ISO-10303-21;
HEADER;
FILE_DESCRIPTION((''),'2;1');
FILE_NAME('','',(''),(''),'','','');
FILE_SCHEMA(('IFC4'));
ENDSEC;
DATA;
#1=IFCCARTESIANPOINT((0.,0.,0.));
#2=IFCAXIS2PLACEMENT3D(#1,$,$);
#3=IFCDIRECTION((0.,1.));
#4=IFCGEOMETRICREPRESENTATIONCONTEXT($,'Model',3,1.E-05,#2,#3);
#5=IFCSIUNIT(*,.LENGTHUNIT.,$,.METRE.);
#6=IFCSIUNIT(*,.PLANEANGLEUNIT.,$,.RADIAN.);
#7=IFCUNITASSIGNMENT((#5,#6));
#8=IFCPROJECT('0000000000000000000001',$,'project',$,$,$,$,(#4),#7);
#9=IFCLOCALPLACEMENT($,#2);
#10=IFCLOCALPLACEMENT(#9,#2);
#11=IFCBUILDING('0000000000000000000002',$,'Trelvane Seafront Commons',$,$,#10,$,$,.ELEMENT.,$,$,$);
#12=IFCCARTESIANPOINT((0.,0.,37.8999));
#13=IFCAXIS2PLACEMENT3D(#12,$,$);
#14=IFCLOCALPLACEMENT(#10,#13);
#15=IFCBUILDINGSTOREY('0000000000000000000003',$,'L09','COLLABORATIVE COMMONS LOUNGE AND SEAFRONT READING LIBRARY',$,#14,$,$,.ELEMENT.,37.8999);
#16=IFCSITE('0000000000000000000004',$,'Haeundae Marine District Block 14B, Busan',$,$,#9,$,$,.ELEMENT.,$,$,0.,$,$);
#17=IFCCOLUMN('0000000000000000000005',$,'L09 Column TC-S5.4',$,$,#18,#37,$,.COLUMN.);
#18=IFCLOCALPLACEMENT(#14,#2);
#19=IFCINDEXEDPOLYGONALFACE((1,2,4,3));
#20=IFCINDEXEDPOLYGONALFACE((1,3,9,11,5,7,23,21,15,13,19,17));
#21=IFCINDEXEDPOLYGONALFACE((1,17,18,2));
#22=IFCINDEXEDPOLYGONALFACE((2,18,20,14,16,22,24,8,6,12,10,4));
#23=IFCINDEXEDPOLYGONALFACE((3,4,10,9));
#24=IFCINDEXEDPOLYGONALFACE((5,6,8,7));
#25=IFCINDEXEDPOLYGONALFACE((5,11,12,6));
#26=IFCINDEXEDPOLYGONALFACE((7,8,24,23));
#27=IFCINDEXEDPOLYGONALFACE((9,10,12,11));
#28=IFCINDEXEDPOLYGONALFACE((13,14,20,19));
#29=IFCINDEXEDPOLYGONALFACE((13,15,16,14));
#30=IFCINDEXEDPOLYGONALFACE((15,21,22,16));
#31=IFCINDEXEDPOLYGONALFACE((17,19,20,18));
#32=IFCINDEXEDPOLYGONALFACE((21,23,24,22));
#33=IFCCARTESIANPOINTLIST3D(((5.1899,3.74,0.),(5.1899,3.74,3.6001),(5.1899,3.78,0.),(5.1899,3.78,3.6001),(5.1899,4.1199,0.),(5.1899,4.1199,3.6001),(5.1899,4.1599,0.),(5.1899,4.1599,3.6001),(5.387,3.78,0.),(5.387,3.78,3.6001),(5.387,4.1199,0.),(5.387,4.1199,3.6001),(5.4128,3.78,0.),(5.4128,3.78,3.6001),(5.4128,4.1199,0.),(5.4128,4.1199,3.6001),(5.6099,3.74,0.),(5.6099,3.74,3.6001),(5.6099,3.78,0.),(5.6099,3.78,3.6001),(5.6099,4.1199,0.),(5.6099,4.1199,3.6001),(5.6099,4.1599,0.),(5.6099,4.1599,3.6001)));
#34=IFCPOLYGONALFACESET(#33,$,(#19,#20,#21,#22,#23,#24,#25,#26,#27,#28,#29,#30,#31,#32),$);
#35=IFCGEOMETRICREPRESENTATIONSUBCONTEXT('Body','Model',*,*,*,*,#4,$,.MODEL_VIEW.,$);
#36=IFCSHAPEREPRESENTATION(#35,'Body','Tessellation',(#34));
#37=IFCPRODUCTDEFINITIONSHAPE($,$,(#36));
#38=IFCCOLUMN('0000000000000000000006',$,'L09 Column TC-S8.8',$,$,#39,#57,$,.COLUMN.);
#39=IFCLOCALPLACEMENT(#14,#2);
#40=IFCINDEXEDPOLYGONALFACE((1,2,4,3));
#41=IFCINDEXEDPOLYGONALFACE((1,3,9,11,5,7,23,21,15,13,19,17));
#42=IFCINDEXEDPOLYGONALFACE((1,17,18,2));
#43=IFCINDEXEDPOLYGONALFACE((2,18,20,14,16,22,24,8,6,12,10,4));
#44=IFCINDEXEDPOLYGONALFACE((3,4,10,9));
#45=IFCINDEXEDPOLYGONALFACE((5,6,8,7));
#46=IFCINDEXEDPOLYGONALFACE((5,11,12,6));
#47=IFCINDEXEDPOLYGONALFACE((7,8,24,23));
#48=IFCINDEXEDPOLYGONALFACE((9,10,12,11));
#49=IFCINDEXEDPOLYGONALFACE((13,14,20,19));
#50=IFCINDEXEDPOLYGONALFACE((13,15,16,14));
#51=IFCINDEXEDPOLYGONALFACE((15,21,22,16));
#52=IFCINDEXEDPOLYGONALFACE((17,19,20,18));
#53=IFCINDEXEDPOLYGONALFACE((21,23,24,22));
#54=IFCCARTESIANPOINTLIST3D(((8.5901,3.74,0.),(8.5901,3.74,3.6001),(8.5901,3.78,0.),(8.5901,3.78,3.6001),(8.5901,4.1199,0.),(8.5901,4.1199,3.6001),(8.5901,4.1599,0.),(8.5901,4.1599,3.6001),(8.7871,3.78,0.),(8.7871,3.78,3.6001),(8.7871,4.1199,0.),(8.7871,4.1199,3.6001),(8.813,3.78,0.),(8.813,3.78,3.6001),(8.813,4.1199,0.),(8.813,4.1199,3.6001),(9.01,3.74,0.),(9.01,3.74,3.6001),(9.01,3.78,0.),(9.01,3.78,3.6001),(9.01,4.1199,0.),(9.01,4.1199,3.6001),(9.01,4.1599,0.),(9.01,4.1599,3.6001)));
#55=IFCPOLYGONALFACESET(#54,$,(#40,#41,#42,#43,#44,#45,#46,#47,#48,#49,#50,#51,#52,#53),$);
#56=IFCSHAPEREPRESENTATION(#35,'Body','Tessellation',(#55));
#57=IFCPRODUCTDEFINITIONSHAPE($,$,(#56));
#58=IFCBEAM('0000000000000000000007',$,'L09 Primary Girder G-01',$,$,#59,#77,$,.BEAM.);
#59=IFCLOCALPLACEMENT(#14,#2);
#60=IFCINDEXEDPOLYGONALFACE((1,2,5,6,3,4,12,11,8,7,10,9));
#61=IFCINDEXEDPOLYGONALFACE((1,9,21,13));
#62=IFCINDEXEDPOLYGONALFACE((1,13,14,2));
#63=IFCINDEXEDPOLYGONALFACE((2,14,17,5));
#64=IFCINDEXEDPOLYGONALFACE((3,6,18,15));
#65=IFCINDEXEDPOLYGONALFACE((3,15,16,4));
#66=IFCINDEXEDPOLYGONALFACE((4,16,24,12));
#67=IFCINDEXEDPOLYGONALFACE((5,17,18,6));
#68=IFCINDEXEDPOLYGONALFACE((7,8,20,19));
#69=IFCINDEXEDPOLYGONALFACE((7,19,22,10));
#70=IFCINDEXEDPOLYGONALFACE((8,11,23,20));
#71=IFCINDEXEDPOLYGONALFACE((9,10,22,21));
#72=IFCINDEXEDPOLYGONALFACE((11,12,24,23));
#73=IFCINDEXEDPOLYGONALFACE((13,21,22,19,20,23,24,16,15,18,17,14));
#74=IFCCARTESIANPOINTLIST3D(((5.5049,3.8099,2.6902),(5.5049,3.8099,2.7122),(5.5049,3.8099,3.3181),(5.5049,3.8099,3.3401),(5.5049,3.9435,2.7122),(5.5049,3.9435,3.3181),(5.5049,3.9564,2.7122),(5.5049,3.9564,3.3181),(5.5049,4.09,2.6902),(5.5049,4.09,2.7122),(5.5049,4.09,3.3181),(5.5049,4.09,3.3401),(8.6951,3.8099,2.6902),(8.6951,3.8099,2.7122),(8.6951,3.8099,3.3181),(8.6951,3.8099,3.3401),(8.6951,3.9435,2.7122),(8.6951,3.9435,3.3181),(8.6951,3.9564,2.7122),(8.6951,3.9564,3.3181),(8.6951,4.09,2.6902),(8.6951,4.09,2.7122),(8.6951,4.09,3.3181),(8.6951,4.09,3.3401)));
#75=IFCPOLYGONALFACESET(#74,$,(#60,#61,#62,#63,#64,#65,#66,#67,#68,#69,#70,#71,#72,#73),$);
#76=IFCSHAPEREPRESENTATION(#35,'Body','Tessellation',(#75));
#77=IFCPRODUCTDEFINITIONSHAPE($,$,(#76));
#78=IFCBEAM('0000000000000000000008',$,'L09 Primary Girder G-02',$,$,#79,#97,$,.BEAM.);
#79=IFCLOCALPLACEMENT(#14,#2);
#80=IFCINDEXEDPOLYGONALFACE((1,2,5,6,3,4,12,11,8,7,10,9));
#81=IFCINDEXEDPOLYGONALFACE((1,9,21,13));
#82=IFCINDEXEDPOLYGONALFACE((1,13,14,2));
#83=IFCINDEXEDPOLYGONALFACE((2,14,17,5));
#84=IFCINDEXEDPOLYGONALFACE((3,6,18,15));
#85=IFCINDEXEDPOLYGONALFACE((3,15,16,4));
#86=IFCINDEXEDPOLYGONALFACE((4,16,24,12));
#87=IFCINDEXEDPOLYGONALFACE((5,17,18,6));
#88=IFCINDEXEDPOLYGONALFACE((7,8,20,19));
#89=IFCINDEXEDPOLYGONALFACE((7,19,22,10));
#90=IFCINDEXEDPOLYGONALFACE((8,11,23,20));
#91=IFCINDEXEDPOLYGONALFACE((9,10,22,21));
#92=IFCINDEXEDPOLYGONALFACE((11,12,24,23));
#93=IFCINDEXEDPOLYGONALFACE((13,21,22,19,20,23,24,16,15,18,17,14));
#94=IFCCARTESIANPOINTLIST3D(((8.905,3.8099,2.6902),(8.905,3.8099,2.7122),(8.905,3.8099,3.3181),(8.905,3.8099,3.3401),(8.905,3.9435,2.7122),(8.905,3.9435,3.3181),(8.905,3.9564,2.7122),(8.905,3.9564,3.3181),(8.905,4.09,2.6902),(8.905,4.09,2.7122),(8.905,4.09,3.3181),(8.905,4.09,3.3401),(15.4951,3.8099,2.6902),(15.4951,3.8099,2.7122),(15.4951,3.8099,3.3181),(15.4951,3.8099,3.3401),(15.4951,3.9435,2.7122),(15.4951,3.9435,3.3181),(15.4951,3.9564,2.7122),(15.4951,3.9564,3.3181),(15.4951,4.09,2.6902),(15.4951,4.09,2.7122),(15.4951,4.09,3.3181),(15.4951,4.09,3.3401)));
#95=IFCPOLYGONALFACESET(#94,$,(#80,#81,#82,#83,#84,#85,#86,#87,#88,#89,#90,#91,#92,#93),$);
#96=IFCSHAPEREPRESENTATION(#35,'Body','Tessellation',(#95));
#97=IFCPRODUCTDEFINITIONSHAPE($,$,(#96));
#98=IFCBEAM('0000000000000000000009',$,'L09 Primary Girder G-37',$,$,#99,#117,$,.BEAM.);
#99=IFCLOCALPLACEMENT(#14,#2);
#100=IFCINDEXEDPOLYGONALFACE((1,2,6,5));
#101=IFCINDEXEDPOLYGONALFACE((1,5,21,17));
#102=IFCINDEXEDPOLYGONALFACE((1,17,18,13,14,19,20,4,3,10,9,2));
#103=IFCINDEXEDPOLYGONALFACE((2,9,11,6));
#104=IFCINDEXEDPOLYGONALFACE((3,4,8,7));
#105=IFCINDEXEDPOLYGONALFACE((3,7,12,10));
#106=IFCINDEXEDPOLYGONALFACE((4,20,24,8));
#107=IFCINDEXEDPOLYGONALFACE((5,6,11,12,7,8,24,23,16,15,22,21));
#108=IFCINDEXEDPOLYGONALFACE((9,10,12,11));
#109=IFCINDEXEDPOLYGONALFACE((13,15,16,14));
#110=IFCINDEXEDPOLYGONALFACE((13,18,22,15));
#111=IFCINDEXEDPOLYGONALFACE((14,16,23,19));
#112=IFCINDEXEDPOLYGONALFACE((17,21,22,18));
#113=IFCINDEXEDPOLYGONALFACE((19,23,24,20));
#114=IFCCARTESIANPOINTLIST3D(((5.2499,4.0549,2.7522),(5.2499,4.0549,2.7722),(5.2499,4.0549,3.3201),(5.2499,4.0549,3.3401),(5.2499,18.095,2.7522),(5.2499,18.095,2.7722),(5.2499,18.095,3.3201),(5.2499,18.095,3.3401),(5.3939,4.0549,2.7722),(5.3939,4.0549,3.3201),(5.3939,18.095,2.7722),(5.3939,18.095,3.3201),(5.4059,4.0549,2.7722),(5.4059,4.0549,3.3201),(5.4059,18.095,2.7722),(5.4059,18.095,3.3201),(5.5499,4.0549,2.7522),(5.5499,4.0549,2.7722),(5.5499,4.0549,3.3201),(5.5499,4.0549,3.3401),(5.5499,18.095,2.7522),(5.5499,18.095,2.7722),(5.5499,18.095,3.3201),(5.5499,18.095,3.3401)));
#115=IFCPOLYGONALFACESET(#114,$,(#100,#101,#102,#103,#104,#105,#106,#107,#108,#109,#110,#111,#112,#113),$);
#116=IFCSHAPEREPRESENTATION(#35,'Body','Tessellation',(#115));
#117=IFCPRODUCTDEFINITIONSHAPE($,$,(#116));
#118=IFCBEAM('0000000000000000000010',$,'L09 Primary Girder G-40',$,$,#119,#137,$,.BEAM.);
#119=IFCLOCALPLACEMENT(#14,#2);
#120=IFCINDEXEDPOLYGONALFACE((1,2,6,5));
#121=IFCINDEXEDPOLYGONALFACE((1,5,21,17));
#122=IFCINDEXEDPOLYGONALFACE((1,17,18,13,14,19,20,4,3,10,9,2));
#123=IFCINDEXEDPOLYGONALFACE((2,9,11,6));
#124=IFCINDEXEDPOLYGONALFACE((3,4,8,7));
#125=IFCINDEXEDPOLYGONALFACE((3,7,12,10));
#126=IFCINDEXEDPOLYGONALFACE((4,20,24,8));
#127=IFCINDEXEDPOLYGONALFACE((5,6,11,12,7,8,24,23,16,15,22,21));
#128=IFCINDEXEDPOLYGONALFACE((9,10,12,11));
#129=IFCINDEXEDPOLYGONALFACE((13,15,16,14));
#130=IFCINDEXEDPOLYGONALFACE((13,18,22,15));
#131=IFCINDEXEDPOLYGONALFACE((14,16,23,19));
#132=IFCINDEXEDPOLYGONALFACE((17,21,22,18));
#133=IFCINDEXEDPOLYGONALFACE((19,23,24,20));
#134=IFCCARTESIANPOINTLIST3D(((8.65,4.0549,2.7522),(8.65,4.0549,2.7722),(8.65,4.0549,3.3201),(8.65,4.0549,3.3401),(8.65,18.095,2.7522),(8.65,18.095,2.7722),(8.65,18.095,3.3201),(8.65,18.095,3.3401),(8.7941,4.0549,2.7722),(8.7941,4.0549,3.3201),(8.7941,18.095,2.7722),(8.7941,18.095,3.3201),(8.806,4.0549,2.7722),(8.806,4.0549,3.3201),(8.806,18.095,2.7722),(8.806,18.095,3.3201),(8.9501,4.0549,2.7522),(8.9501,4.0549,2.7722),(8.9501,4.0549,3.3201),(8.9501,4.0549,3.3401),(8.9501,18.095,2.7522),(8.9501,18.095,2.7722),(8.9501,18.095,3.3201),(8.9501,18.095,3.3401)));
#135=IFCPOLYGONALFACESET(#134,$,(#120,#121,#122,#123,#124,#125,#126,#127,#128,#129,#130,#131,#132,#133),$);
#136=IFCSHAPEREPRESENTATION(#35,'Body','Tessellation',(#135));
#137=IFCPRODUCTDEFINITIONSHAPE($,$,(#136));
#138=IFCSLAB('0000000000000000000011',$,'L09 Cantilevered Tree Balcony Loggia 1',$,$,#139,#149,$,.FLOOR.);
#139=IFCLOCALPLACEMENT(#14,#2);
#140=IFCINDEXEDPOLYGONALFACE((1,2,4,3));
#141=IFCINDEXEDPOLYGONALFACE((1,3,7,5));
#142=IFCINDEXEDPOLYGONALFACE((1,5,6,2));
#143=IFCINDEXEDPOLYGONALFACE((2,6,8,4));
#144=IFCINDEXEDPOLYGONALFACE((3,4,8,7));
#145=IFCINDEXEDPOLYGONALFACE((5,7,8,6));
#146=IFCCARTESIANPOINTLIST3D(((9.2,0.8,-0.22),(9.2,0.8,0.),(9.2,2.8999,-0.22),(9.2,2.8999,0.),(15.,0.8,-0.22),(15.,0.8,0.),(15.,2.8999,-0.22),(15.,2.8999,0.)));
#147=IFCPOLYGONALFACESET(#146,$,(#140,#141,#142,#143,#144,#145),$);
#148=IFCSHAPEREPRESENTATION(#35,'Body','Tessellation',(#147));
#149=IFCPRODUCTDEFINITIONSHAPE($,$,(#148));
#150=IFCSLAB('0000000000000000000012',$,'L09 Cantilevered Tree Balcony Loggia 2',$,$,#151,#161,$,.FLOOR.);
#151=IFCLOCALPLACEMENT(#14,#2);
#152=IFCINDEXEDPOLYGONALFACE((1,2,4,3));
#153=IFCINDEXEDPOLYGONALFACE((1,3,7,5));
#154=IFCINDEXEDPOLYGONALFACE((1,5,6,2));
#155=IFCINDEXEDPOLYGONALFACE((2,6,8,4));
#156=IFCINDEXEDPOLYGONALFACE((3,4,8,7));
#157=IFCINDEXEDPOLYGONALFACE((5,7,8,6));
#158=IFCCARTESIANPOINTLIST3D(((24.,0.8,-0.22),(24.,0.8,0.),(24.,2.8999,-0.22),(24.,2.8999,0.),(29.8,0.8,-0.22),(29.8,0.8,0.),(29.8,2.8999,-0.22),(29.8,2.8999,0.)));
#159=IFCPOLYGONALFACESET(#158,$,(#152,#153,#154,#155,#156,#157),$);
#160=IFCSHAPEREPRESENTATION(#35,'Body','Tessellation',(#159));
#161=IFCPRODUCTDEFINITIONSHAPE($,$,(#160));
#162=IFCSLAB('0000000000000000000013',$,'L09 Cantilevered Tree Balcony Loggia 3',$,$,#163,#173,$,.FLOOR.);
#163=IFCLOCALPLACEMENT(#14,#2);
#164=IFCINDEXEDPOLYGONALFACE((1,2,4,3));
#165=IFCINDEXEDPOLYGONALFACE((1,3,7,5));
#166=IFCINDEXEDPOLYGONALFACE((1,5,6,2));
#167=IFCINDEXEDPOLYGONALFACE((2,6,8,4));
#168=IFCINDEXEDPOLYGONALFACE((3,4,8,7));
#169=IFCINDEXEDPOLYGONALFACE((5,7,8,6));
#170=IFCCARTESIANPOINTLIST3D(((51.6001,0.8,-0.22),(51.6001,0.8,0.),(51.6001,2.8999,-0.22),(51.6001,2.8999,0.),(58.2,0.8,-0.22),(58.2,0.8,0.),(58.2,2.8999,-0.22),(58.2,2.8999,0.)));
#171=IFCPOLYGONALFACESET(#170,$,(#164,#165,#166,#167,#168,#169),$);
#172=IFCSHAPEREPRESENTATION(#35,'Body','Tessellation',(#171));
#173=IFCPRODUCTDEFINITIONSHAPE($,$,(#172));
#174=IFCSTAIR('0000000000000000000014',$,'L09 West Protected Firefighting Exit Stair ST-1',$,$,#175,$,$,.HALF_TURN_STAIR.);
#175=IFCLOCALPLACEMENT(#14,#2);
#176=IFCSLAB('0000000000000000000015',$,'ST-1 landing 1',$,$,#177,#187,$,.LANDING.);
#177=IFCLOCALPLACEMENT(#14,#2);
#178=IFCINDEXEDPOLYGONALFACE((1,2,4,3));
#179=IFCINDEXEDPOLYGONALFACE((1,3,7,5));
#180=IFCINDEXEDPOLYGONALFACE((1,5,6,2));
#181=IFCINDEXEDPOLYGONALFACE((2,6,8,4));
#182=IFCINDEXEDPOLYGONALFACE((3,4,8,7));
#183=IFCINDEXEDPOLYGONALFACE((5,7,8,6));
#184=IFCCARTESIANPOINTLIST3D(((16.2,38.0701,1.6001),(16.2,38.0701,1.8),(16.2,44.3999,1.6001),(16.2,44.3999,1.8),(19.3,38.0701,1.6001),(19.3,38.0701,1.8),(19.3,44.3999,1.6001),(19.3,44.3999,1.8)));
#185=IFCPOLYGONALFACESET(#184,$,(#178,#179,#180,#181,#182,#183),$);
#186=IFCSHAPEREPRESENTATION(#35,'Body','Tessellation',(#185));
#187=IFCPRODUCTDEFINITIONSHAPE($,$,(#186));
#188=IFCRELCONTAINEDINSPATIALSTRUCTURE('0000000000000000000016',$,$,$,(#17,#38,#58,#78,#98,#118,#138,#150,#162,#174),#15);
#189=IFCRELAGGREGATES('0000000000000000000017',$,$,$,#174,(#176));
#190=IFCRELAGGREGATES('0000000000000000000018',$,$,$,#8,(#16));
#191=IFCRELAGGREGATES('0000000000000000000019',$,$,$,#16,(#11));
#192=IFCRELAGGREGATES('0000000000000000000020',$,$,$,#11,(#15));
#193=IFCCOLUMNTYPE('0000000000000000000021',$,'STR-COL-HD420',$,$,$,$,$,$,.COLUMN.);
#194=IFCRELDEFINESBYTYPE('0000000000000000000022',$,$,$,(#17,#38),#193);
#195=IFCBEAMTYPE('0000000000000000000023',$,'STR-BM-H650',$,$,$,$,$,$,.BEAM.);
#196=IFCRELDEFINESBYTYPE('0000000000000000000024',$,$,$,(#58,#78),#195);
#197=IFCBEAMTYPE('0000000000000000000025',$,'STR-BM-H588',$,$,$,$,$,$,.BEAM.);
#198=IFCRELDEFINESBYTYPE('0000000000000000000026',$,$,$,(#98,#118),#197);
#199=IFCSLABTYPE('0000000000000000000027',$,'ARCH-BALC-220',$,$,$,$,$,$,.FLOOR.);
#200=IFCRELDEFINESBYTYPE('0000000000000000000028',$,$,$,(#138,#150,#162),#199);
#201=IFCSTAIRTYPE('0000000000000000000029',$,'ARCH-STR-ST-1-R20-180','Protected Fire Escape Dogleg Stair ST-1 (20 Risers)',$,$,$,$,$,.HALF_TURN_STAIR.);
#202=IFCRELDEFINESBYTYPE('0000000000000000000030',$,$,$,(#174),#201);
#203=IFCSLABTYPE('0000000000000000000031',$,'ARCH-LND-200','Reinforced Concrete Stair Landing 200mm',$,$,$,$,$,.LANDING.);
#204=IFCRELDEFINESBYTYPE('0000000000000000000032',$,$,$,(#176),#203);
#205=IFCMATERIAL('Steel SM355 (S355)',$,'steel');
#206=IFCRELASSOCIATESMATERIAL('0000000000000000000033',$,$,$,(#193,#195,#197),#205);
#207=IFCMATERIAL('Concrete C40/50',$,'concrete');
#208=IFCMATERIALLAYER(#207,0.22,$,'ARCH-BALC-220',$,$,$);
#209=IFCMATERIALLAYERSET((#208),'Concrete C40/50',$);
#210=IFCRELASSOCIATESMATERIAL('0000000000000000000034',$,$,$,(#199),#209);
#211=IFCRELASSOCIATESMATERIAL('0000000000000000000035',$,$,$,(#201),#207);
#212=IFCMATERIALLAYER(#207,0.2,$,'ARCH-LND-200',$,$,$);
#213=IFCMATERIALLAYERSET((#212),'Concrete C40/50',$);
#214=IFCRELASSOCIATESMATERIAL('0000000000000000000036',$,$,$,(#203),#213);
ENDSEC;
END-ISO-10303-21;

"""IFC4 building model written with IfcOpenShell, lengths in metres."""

from ifc_helpers import new_model, si_unit, direction, frame, origin, origin_2d, place, context, subcontext, project, spatial, polyline, i_section, outline, extrude, source, transform, mapped, material, layer, layer_set, material_profile, profile_set, type_object, element, aggregate, save


model = new_model("IFC4")

# Units and contexts
model_context = context("Model", 3, precision=1e-05, world=origin(), true_north=direction((0.0, 1.0)))
body_context = subcontext(model_context, "Body", "Model", "MODEL_VIEW")
ifc_project = project(units=[si_unit("LENGTHUNIT", "METRE"), si_unit("PLANEANGLEUNIT", "RADIAN")], contexts=[model_context])

# Site, building, storey
site_placement = place(None, origin())
site = spatial("IfcSite", under=ifc_project, at=site_placement, Name="Haeundae Marine District Block 14B, Busan", CompositionType="ELEMENT", RefElevation=0.0)
building_placement = place(site_placement, origin())
building = spatial("IfcBuilding", under=site, at=building_placement, Name="Trelvane Seafront Commons", CompositionType="ELEMENT")
storey_placement = place(building_placement, frame((0.0, 0.0, 37.8999)))
storey = spatial("IfcBuildingStorey", under=building, at=storey_placement, Name="L09", Description="COLLABORATIVE COMMONS LOUNGE AND SEAFRONT READING LIBRARY", CompositionType="ELEMENT", Elevation=37.8999)

# Columns
ifc_material_1 = material(Name="Steel SM355 (S355)", Category="steel")
ifc_material_profile_1 = material_profile(ifc_material_1, i_section(OverallWidth=0.4199, OverallDepth=0.4199, WebThickness=0.0259, FlangeThickness=0.04, at=origin_2d()), Name="HD-420x420x26x40")
ifc_profile_set_1 = profile_set([ifc_material_profile_1], Name="Steel SM355 (S355)")
column_type = type_object("IfcColumnType", Name="STR-COL-HD420", PredefinedType="COLUMN", material=ifc_profile_set_1)
shared_shape_1 = source(origin(), body_context, "Body", "SweptSolid", [
    extrude(i_section(OverallWidth=0.4199, OverallDepth=0.4199, WebThickness=0.0259, FlangeThickness=0.04, at=origin_2d()), origin(), (0.0, 0.0, 1.0), 3.6001),
])
for number, where, z_axis, x_axis, name in (
    (1, (5.3999, 3.95, 0.0), (0.0, 0.0, 1.0), (1.0, 0.0, 0.0), "L09 Column TC-S5.4"),
    (2, (8.8, 3.95, 0.0), (0.0, 0.0, 1.0), (1.0, 0.0, 0.0), "L09 Column TC-S8.8"),
):
    element("IfcColumn", number, at=place(storey_placement, frame(where, z_axis=z_axis, x_axis=x_axis)), inside=storey, type_object=column_type, Name=name, PredefinedType="COLUMN", context=body_context, shape_type="MappedRepresentation", body=[
        mapped(shared_shape_1, transform((0.0, 0.0, 0.0), x_axis=(1.0, 0.0, 0.0), y_axis=(0.0, 1.0, 0.0), z_axis=(0.0, 0.0, 1.0), scale=1.0)),
    ])

# Beams
ifc_material_profile_2 = material_profile(ifc_material_1, i_section(OverallWidth=0.28, OverallDepth=0.6499, WebThickness=0.0129, FlangeThickness=0.022, at=origin_2d()), Name="H-650x280x13x22")
ifc_profile_set_2 = profile_set([ifc_material_profile_2], Name="Steel SM355 (S355)")
beam_type_1 = type_object("IfcBeamType", Name="STR-BM-H650", PredefinedType="BEAM", material=ifc_profile_set_2)
shared_shape_2 = source(origin(), body_context, "Body", "SweptSolid", [
    extrude(i_section(OverallWidth=0.28, OverallDepth=0.6499, WebThickness=0.0129, FlangeThickness=0.022, at=origin_2d()), origin(), (0.0, 0.0, 1.0), 3.1902),
])
beam_1_placement = place(storey_placement, frame((5.5049, 3.95, 3.0151), z_axis=(1.0, 0.0, 0.0), x_axis=(0.0, 1.0, 0.0)))
element("IfcBeam", 3, at=beam_1_placement, inside=storey, type_object=beam_type_1, Name="L09 Primary Girder G-01", PredefinedType="BEAM", context=body_context, shape_type="MappedRepresentation", body=[
    mapped(shared_shape_2, transform((0.0, 0.0, 0.0), x_axis=(1.0, 0.0, 0.0), y_axis=(0.0, 1.0, 0.0), z_axis=(0.0, 0.0, 1.0), scale=1.0)),
])
shared_shape_3 = source(origin(), body_context, "Body", "SweptSolid", [
    extrude(i_section(OverallWidth=0.28, OverallDepth=0.6499, WebThickness=0.0129, FlangeThickness=0.022, at=origin_2d()), origin(), (0.0, 0.0, 1.0), 6.5901),
])
beam_2_placement = place(storey_placement, frame((8.905, 3.95, 3.0151), z_axis=(1.0, 0.0, 0.0), x_axis=(0.0, 1.0, 0.0)))
element("IfcBeam", 4, at=beam_2_placement, inside=storey, type_object=beam_type_1, Name="L09 Primary Girder G-02", PredefinedType="BEAM", context=body_context, shape_type="MappedRepresentation", body=[
    mapped(shared_shape_3, transform((0.0, 0.0, 0.0), x_axis=(1.0, 0.0, 0.0), y_axis=(0.0, 1.0, 0.0), z_axis=(0.0, 0.0, 1.0), scale=1.0)),
])
ifc_material_profile_3 = material_profile(ifc_material_1, i_section(OverallWidth=0.3, OverallDepth=0.5879, WebThickness=0.012, FlangeThickness=0.02, at=origin_2d()), Name="H-588x300x12x20")
ifc_profile_set_3 = profile_set([ifc_material_profile_3], Name="Steel SM355 (S355)")
beam_type_2 = type_object("IfcBeamType", Name="STR-BM-H588", PredefinedType="BEAM", material=ifc_profile_set_3)
shared_shape_4 = source(origin(), body_context, "Body", "SweptSolid", [
    extrude(i_section(OverallWidth=0.3, OverallDepth=0.5879, WebThickness=0.012, FlangeThickness=0.02, at=origin_2d()), origin(), (0.0, 0.0, 1.0), 14.04),
])
for number, where, z_axis, x_axis, name in (
    (5, (5.3999, 4.0549, 3.0461), (0.0, 1.0, 0.0), (-1.0, 0.0, 0.0), "L09 Primary Girder G-37"),
    (6, (8.8, 4.0549, 3.0461), (0.0, 1.0, 0.0), (-1.0, 0.0, 0.0), "L09 Primary Girder G-40"),
):
    element("IfcBeam", number, at=place(storey_placement, frame(where, z_axis=z_axis, x_axis=x_axis)), inside=storey, type_object=beam_type_2, Name=name, PredefinedType="BEAM", context=body_context, shape_type="MappedRepresentation", body=[
        mapped(shared_shape_4, transform((0.0, 0.0, 0.0), x_axis=(1.0, 0.0, 0.0), y_axis=(0.0, 1.0, 0.0), z_axis=(0.0, 0.0, 1.0), scale=1.0)),
    ])

# Slabs
ifc_material_2 = material(Name="Concrete C40/50", Category="concrete")
ifc_layer_1 = layer(ifc_material_2, 0.22, Name="ARCH-BALC-220")
ifc_layer_set_1 = layer_set([ifc_layer_1], Name="Concrete C40/50")
slab_type_1 = type_object("IfcSlabType", Name="ARCH-BALC-220", PredefinedType="FLOOR", material=ifc_layer_set_1)
slab_1_placement = place(storey_placement, frame((0.0, 0.0, -0.22)))
element("IfcSlab", 7, at=slab_1_placement, inside=storey, type_object=slab_type_1, Name="L09 Cantilevered Tree Balcony Loggia 1", PredefinedType="FLOOR", context=body_context, shape_type="SweptSolid", body=[
    extrude(outline(polyline([(9.2, 0.8), (15.0, 0.8), (15.0, 2.8999), (9.2, 2.8999), (9.2, 0.8)])), origin(), (0.0, 0.0, 1.0), 0.22),
])
slab_2_placement = place(storey_placement, frame((0.0, 0.0, -0.22)))
element("IfcSlab", 8, at=slab_2_placement, inside=storey, type_object=slab_type_1, Name="L09 Cantilevered Tree Balcony Loggia 2", PredefinedType="FLOOR", context=body_context, shape_type="SweptSolid", body=[
    extrude(outline(polyline([(24.0, 0.8), (29.8, 0.8), (29.8, 2.8999), (24.0, 2.8999), (24.0, 0.8)])), origin(), (0.0, 0.0, 1.0), 0.22),
])
slab_3_placement = place(storey_placement, frame((0.0, 0.0, -0.22)))
element("IfcSlab", 9, at=slab_3_placement, inside=storey, type_object=slab_type_1, Name="L09 Cantilevered Tree Balcony Loggia 3", PredefinedType="FLOOR", context=body_context, shape_type="SweptSolid", body=[
    extrude(outline(polyline([(51.6001, 0.8), (58.2, 0.8), (58.2, 2.8999), (51.6001, 2.8999), (51.6001, 0.8)])), origin(), (0.0, 0.0, 1.0), 0.22),
])

# Stair, slab
stair_type_1 = type_object("IfcStairType", Name="ARCH-STR-ST-1-R20-180", Description="Protected Fire Escape Dogleg Stair ST-1 (20 Risers)", PredefinedType="HALF_TURN_STAIR", material=ifc_material_2)
stair_1_placement = place(storey_placement, origin())
stair_1 = element("IfcStair", 10, at=stair_1_placement, inside=storey, type_object=stair_type_1, Name="L09 West Protected Firefighting Exit Stair ST-1", PredefinedType="HALF_TURN_STAIR")
ifc_layer_2 = layer(ifc_material_2, 0.2, Name="ARCH-LND-200")
ifc_layer_set_2 = layer_set([ifc_layer_2], Name="Concrete C40/50")
slab_type_2 = type_object("IfcSlabType", Name="ARCH-LND-200", Description="Reinforced Concrete Stair Landing 200mm", PredefinedType="LANDING", material=ifc_layer_set_2)
slab_4_placement = place(storey_placement, frame((0.0, 0.0, 1.6001)))
slab_4 = element("IfcSlab", 11, at=slab_4_placement, type_object=slab_type_2, Name="ST-1 landing 1", PredefinedType="LANDING", context=body_context, shape_type="SweptSolid", body=[
    extrude(outline(polyline([(19.3, 38.0701), (19.3, 44.3999), (16.2, 44.3999), (16.2, 38.0701), (19.3, 38.0701)])), origin(), (0.0, 0.0, 1.0), 0.2),
])
aggregate(stair_1, [slab_4])

save(model, "model.ifc")
